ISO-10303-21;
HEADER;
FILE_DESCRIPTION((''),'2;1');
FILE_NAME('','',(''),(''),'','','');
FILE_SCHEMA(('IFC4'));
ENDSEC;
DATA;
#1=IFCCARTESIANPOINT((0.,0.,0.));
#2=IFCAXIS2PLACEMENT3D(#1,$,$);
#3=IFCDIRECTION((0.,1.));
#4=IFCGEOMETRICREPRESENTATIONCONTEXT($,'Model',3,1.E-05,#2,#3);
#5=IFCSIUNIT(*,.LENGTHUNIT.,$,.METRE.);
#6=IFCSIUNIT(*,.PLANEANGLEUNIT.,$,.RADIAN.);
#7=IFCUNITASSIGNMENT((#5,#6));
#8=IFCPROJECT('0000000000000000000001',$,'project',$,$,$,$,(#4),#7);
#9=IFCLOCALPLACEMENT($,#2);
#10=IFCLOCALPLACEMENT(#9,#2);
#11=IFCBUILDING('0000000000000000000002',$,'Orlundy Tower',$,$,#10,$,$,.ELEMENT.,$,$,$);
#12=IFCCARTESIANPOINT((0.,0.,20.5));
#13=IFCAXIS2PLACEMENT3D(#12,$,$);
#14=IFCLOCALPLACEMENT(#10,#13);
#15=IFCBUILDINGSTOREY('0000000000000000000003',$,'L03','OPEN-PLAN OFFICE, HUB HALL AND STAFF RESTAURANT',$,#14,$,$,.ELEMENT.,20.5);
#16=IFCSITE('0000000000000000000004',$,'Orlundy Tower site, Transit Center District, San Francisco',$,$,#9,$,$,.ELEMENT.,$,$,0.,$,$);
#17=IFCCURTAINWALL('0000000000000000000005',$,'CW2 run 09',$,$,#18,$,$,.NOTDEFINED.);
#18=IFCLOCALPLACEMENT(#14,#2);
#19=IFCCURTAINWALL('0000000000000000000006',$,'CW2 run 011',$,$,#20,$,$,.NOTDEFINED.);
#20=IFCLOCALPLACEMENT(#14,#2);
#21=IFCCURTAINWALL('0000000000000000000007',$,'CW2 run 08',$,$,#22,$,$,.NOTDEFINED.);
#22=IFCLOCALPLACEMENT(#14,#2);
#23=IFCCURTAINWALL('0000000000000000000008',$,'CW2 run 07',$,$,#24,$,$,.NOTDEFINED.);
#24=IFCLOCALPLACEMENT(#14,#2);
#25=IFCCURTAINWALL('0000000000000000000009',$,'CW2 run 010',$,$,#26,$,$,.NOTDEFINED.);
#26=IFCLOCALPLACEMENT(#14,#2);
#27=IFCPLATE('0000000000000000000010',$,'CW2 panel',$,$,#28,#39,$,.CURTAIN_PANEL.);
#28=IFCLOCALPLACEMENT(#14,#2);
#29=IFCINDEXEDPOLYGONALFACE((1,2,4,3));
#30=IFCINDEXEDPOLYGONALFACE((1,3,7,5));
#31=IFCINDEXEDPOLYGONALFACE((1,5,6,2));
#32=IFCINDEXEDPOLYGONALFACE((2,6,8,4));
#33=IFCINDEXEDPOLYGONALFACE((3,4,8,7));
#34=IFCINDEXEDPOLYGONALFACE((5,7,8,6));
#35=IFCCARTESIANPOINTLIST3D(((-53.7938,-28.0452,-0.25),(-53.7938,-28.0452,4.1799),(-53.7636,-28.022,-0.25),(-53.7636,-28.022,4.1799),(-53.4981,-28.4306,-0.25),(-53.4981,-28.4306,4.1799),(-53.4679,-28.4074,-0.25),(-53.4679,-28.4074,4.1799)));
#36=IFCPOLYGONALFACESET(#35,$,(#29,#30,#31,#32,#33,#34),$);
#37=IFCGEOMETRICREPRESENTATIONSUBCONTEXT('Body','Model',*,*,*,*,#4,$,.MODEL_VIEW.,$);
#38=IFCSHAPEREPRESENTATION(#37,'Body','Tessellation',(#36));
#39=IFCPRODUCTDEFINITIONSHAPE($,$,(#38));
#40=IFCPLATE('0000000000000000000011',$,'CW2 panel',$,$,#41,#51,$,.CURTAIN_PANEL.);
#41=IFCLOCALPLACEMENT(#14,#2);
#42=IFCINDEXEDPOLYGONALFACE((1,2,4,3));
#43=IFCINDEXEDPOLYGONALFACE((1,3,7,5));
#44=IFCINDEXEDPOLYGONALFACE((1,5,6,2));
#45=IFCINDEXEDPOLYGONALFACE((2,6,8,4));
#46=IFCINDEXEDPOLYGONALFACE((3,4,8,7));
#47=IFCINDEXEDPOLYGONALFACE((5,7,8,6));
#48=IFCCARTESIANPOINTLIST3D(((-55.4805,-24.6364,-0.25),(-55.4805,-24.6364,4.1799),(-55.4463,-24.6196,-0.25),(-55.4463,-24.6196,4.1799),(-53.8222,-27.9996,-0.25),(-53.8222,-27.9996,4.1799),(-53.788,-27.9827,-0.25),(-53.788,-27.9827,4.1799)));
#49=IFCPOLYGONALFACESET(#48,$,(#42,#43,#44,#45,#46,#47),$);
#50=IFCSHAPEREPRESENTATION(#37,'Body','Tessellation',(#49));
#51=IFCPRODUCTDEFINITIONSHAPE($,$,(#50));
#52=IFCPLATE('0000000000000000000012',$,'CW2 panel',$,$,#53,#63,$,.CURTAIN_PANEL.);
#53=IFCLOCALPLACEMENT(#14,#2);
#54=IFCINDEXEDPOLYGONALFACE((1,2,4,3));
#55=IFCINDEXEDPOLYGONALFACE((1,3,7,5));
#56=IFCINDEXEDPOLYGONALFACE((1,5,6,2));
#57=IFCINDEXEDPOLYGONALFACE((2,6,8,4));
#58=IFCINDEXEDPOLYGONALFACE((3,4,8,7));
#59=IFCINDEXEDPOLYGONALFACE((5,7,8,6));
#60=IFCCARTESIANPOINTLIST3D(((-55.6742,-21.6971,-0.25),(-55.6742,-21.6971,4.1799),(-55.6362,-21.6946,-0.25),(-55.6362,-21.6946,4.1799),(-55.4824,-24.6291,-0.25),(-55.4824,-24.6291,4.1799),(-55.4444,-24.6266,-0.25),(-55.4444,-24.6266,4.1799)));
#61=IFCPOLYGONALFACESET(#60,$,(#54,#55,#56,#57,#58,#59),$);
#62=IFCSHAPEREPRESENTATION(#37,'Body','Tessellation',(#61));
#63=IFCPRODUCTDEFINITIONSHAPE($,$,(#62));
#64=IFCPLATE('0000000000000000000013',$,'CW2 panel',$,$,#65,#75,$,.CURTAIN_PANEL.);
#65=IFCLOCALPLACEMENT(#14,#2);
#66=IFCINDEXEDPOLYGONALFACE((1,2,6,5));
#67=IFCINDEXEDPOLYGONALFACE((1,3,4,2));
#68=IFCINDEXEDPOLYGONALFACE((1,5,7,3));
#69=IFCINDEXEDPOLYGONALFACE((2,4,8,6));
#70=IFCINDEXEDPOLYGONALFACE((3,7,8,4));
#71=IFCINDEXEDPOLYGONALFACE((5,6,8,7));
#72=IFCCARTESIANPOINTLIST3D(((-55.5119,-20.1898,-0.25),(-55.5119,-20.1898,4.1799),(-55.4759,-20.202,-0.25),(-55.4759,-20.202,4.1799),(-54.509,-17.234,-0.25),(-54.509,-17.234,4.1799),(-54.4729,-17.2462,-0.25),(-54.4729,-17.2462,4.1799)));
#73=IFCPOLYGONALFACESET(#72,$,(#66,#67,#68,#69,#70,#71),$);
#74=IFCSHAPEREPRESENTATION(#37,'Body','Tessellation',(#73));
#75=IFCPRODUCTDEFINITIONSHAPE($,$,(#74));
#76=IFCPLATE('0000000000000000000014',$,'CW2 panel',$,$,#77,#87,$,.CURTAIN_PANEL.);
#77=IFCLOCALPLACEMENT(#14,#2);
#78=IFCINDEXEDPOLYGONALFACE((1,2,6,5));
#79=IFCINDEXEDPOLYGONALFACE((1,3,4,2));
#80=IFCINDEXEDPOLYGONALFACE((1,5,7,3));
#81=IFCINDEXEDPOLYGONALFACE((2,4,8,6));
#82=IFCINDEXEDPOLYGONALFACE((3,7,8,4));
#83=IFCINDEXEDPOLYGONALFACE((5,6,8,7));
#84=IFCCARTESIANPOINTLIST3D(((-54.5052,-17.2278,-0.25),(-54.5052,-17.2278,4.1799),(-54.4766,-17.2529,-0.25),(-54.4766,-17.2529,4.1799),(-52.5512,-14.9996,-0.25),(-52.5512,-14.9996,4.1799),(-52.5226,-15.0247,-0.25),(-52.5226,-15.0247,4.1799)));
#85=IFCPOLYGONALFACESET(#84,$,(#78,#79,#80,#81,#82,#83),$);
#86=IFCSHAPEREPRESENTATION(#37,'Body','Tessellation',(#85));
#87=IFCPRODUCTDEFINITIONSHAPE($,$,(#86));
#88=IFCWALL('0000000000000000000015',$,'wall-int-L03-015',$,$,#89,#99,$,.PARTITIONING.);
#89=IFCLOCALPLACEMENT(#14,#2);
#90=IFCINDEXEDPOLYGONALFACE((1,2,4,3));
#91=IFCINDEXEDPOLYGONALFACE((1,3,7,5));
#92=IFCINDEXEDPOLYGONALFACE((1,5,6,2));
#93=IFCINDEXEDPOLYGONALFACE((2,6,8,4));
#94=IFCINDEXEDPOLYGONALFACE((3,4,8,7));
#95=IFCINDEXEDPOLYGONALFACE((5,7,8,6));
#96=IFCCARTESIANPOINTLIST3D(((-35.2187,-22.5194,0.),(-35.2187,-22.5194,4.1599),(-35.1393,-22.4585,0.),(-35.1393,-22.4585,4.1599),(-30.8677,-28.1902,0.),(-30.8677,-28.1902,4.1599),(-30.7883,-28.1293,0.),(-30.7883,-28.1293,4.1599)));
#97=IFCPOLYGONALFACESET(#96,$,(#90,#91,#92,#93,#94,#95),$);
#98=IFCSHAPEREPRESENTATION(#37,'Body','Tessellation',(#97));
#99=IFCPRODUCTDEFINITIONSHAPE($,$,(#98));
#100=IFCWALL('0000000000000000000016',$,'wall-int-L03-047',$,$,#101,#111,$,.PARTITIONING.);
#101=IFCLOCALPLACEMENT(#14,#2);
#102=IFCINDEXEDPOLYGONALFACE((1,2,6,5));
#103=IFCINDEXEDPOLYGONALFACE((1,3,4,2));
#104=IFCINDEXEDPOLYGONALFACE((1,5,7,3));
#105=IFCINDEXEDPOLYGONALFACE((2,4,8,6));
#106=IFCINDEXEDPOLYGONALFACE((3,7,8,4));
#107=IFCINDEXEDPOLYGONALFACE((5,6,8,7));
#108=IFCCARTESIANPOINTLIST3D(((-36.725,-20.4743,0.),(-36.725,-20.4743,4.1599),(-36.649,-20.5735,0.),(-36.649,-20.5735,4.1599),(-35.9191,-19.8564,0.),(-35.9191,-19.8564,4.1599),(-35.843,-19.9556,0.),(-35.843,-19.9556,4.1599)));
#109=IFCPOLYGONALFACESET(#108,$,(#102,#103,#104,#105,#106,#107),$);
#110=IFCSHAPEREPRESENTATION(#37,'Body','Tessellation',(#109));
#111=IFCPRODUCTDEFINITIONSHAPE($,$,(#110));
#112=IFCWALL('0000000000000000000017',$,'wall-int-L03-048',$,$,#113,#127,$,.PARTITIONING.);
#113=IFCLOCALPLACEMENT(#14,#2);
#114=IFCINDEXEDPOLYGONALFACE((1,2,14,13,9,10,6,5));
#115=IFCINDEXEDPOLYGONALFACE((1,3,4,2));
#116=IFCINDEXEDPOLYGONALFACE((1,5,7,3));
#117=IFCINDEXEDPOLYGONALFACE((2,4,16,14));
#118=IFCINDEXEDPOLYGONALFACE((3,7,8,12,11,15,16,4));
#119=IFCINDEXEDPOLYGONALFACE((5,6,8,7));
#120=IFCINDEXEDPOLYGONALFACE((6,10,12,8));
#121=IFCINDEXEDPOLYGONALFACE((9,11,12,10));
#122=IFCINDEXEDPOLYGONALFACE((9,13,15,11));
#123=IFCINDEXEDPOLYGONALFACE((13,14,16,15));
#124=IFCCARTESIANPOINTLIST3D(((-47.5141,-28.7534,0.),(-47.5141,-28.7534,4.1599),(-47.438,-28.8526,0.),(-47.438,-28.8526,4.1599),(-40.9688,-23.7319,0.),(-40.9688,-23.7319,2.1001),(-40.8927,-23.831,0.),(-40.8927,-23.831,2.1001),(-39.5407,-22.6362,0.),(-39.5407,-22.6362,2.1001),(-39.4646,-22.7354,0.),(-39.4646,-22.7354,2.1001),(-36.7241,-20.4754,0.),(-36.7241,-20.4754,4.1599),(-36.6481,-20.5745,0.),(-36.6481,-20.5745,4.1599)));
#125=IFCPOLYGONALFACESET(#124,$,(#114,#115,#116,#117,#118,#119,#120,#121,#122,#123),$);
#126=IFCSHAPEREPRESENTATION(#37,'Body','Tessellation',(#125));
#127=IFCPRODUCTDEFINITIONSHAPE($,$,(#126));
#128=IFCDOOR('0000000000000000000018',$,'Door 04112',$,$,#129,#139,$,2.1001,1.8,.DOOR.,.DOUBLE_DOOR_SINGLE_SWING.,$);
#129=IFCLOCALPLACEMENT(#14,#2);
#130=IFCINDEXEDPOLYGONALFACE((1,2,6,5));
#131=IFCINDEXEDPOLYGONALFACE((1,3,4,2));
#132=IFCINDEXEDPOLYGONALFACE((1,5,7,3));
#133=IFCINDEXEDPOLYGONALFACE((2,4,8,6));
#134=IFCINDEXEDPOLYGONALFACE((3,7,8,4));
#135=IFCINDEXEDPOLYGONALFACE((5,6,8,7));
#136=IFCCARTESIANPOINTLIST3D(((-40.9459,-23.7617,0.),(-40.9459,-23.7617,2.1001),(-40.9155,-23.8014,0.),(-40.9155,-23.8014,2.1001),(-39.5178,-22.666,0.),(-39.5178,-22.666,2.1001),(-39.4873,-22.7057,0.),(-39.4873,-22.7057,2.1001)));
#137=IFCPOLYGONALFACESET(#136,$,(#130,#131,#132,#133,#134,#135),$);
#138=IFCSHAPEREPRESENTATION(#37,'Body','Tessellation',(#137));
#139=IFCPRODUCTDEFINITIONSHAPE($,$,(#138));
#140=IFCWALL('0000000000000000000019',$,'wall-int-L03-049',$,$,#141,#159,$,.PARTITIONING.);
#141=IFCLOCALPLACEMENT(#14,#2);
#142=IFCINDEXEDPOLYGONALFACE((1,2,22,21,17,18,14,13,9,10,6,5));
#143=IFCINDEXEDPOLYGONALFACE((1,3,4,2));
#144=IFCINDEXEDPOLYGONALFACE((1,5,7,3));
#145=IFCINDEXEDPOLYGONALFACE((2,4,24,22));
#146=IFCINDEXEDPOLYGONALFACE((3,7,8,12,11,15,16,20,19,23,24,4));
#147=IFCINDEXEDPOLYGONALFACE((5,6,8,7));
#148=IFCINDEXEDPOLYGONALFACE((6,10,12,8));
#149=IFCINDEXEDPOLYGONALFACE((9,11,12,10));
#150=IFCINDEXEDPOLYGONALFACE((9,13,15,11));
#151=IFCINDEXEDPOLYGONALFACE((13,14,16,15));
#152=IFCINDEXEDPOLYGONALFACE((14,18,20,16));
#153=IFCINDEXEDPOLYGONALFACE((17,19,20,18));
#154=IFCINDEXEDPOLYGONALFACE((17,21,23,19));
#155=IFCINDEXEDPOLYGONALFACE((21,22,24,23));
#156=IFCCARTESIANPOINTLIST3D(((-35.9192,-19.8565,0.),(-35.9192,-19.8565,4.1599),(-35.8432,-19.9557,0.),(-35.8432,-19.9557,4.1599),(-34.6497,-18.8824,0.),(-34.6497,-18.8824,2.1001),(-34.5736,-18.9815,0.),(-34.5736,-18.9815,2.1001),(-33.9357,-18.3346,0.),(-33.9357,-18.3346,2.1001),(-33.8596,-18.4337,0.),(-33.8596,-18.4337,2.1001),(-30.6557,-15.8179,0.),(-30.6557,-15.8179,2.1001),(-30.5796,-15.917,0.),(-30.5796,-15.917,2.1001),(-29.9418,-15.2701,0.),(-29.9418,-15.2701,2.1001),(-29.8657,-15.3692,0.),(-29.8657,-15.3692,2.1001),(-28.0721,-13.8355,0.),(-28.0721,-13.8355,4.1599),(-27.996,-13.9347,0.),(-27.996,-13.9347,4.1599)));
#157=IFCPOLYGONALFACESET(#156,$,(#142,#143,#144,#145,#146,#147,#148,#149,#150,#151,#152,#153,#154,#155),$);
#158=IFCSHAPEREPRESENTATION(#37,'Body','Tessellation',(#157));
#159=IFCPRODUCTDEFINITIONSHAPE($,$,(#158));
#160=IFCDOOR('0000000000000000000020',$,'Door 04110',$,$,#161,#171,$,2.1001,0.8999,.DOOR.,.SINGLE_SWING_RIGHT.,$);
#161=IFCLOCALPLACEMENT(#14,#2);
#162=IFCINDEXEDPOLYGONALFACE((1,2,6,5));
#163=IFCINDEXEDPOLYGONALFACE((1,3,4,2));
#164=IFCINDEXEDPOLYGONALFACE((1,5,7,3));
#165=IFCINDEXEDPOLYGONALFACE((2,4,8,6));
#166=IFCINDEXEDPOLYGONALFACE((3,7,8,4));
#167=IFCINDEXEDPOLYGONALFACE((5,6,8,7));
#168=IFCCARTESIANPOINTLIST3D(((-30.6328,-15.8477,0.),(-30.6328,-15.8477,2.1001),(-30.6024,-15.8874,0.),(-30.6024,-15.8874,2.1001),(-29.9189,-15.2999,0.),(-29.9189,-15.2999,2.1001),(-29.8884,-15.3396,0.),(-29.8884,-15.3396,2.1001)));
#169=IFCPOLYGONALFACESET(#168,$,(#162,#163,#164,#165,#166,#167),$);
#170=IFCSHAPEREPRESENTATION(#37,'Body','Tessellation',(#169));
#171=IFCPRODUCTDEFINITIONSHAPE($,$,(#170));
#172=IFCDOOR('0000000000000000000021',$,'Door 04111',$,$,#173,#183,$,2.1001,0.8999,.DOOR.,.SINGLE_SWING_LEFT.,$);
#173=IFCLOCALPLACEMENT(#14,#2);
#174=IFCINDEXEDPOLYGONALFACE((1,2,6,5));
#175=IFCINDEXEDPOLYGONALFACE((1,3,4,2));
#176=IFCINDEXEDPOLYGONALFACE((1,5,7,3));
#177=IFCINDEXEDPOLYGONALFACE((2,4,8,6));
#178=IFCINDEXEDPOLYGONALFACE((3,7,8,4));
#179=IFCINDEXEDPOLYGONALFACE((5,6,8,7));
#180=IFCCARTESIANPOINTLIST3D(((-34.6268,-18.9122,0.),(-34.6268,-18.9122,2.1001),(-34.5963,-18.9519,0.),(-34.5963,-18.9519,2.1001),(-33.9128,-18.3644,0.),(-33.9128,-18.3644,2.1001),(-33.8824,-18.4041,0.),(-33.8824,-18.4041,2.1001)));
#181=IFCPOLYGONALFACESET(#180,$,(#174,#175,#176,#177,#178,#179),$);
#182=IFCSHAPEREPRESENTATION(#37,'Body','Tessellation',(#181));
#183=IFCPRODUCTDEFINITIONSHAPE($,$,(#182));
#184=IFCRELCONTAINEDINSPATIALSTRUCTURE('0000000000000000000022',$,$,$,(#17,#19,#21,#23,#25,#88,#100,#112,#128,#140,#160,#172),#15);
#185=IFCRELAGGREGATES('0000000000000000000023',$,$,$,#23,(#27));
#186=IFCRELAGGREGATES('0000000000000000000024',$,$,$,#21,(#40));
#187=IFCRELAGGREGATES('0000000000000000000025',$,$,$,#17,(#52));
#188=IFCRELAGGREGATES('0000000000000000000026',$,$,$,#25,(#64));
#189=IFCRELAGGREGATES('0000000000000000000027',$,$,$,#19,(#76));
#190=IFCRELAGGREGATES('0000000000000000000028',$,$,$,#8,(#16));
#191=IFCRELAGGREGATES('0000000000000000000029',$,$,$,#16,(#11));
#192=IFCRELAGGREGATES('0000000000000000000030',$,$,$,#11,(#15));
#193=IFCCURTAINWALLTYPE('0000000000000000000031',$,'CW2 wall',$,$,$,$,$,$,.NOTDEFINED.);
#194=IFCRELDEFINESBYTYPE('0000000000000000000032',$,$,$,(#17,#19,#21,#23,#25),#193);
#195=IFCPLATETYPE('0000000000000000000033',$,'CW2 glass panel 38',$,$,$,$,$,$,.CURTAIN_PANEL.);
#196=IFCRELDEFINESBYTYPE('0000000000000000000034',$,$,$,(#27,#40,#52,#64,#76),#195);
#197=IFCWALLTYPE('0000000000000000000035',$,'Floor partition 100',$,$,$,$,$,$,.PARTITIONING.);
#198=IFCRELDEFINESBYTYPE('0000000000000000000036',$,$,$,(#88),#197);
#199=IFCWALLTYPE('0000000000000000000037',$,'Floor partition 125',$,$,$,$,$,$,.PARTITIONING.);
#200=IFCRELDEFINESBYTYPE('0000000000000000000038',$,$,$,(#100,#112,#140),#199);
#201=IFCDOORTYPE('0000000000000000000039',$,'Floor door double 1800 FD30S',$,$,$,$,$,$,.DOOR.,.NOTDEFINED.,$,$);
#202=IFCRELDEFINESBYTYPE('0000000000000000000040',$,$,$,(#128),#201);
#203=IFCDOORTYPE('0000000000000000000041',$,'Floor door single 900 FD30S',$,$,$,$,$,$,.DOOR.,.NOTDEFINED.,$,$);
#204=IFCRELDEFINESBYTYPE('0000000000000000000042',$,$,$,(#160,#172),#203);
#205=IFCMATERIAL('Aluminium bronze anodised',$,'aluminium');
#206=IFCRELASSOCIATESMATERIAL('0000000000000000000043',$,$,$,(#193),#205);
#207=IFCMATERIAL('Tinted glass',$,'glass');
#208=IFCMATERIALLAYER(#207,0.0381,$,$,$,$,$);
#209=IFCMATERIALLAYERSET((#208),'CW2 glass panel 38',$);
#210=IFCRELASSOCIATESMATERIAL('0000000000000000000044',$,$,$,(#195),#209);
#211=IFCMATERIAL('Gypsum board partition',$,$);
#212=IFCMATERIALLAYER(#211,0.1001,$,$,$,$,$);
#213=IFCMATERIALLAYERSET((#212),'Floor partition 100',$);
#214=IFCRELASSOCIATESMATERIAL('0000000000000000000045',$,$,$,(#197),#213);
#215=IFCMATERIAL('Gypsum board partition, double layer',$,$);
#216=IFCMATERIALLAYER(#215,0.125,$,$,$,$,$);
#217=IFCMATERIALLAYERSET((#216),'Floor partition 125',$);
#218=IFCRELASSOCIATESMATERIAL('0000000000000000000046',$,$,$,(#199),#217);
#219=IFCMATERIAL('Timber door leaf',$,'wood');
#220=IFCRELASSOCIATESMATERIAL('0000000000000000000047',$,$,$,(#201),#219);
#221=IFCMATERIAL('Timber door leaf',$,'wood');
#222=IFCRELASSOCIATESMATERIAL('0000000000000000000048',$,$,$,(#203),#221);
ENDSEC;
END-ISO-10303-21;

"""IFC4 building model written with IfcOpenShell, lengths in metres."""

from ifc_helpers import new_model, si_unit, direction, frame, frame_2d, origin, origin_2d, place, context, subcontext, project, spatial, rectangle, extrude, material, layer, layer_set, type_object, element, fill, aggregate, save


model = new_model("IFC4")

# Units and contexts
model_context = context("Model", 3, precision=1e-05, world=origin(), true_north=direction((0.0, 1.0)))
body_context = subcontext(model_context, "Body", "Model", "MODEL_VIEW")
ifc_project = project(units=[si_unit("LENGTHUNIT", "METRE"), si_unit("PLANEANGLEUNIT", "RADIAN")], contexts=[model_context])

# Site, building, storey
site_placement = place(None, origin())
site = spatial("IfcSite", under=ifc_project, at=site_placement, Name="Orlundy Tower site, Transit Center District, San Francisco", CompositionType="ELEMENT", RefElevation=0.0)
building_placement = place(site_placement, origin())
building = spatial("IfcBuilding", under=site, at=building_placement, Name="Orlundy Tower", CompositionType="ELEMENT")
storey_placement = place(building_placement, frame((0.0, 0.0, 20.5)))
storey = spatial("IfcBuildingStorey", under=building, at=storey_placement, Name="L03", Description="OPEN-PLAN OFFICE, HUB HALL AND STAFF RESTAURANT", CompositionType="ELEMENT", Elevation=20.5)

# Curtain walls
ifc_material_1 = material(Name="Aluminium bronze anodised", Category="aluminium")
curtain_wall_type = type_object("IfcCurtainWallType", Name="CW2 wall", PredefinedType="NOTDEFINED", material=ifc_material_1)
curtain_wall_1_placement = place(storey_placement, origin())
curtain_wall_1 = element("IfcCurtainWall", 1, at=curtain_wall_1_placement, inside=storey, type_object=curtain_wall_type, Name="CW2 run 09", PredefinedType="NOTDEFINED")
curtain_wall_2_placement = place(storey_placement, origin())
curtain_wall_2 = element("IfcCurtainWall", 2, at=curtain_wall_2_placement, inside=storey, type_object=curtain_wall_type, Name="CW2 run 011", PredefinedType="NOTDEFINED")
curtain_wall_3_placement = place(storey_placement, origin())
curtain_wall_3 = element("IfcCurtainWall", 3, at=curtain_wall_3_placement, inside=storey, type_object=curtain_wall_type, Name="CW2 run 08", PredefinedType="NOTDEFINED")
curtain_wall_4_placement = place(storey_placement, origin())
curtain_wall_4 = element("IfcCurtainWall", 4, at=curtain_wall_4_placement, inside=storey, type_object=curtain_wall_type, Name="CW2 run 07", PredefinedType="NOTDEFINED")

# Curtain wall
curtain_wall_5_placement = place(storey_placement, origin())
curtain_wall_5 = element("IfcCurtainWall", 5, at=curtain_wall_5_placement, inside=storey, type_object=curtain_wall_type, Name="CW2 run 010", PredefinedType="NOTDEFINED")

# Plates
ifc_material_2 = material(Name="Tinted glass", Category="glass")
ifc_layer_1 = layer(ifc_material_2, 0.0381)
ifc_layer_set_1 = layer_set([ifc_layer_1], Name="CW2 glass panel 38")
plate_type = type_object("IfcPlateType", Name="CW2 glass panel 38", PredefinedType="CURTAIN_PANEL", material=ifc_layer_set_1)
plate_1_placement = place(storey_placement, frame((-53.6309, -28.2263, -0.25), z_axis=(0.0, 0.0, 1.0), x_axis=(-0.608748, 0.793363, 0.0)))
plate_1 = element("IfcPlate", 6, at=plate_1_placement, type_object=plate_type, Name="CW2 panel", PredefinedType="CURTAIN_PANEL", context=body_context, shape_type="SweptSolid", body=[
    extrude(rectangle(XDim=0.4858, YDim=0.0381, at=origin_2d()), origin(), (0.0, 0.0, 1.0), 4.4299),
])
aggregate(curtain_wall_4, [plate_1])
plate_2_placement = place(storey_placement, frame((-54.6343, -26.3096, -0.25), z_axis=(0.0, 0.0, 1.0), x_axis=(-0.442242, 0.896896, 0.0)))
plate_2 = element("IfcPlate", 7, at=plate_2_placement, type_object=plate_type, Name="CW2 panel", PredefinedType="CURTAIN_PANEL", context=body_context, shape_type="SweptSolid", body=[
    extrude(rectangle(XDim=3.7498, YDim=0.0381, at=origin_2d()), origin(), (0.0, 0.0, 1.0), 4.4299),
])
aggregate(curtain_wall_3, [plate_2])
plate_3_placement = place(storey_placement, frame((-55.5593, -23.1619, -0.25), z_axis=(0.0, 0.0, 1.0), x_axis=(-0.065284, 0.997867, 0.0)))
plate_3 = element("IfcPlate", 8, at=plate_3_placement, type_object=plate_type, Name="CW2 panel", PredefinedType="CURTAIN_PANEL", context=body_context, shape_type="SweptSolid", body=[
    extrude(rectangle(XDim=2.9382, YDim=0.0381, at=origin_2d()), origin(), (0.0, 0.0, 1.0), 4.4299),
])
aggregate(curtain_wall_1, [plate_3])
plate_4_placement = place(storey_placement, frame((-54.9924, -18.718, -0.25), z_axis=(0.0, 0.0, 1.0), x_axis=(0.321322, 0.94697, 0.0)))
plate_4 = element("IfcPlate", 9, at=plate_4_placement, type_object=plate_type, Name="CW2 panel", PredefinedType="CURTAIN_PANEL", context=body_context, shape_type="SweptSolid", body=[
    extrude(rectangle(XDim=3.1213, YDim=0.0381, at=origin_2d()), origin(), (0.0, 0.0, 1.0), 4.4299),
])
aggregate(curtain_wall_5, [plate_4])
plate_5_placement = place(storey_placement, frame((-53.5139, -16.1262, -0.25), z_axis=(0.0, 0.0, 1.0), x_axis=(0.659325, 0.751858, 0.0)))
plate_5 = element("IfcPlate", 10, at=plate_5_placement, type_object=plate_type, Name="CW2 panel", PredefinedType="CURTAIN_PANEL", context=body_context, shape_type="SweptSolid", body=[
    extrude(rectangle(XDim=2.9636, YDim=0.0381, at=origin_2d()), origin(), (0.0, 0.0, 1.0), 4.4299),
])
aggregate(curtain_wall_2, [plate_5])

# Walls
ifc_material_3 = material(Name="Gypsum board partition")
ifc_layer_2 = layer(ifc_material_3, 0.1001)
ifc_layer_set_2 = layer_set([ifc_layer_2], Name="Floor partition 100")
wall_type_1 = type_object("IfcWallType", Name="Floor partition 100", PredefinedType="PARTITIONING", material=ifc_layer_set_2)
wall_1_placement = place(storey_placement, frame((-35.179, -22.489, 0.0), z_axis=(0.0, 0.0, 1.0), x_axis=(0.60873, -0.793378, 0.0)))
element("IfcWall", 11, at=wall_1_placement, inside=storey, type_object=wall_type_1, Name="wall-int-L03-015", PredefinedType="PARTITIONING", context=body_context, shape_type="SweptSolid", body=[
    extrude(rectangle(XDim=7.1477, YDim=0.1001, at=frame_2d((3.5737, 0.0))), origin(), (0.0, 0.0, 1.0), 4.1599),
])
ifc_material_4 = material(Name="Gypsum board partition, double layer")
ifc_layer_3 = layer(ifc_material_4, 0.125)
ifc_layer_set_3 = layer_set([ifc_layer_3], Name="Floor partition 125")
wall_type_2 = type_object("IfcWallType", Name="Floor partition 125", PredefinedType="PARTITIONING", material=ifc_layer_set_3)
wall_2_placement = place(storey_placement, frame((-36.687, -20.5239, 0.0), z_axis=(0.0, 0.0, 1.0), x_axis=(0.793579, 0.608467, 0.0)))
element("IfcWall", 12, at=wall_2_placement, inside=storey, type_object=wall_type_2, Name="wall-int-L03-047", PredefinedType="PARTITIONING", context=body_context, shape_type="SweptSolid", body=[
    extrude(rectangle(XDim=1.0156, YDim=0.125, at=frame_2d((0.5078, 0.0))), origin(), (0.0, 0.0, 1.0), 4.1599),
])

# Wall, opening, door
wall_3_placement = place(storey_placement, frame((-47.4761, -28.803, 0.0), z_axis=(0.0, 0.0, 1.0), x_axis=(0.793403, 0.608696, 0.0)))
wall_3 = element("IfcWall", 13, at=wall_3_placement, inside=storey, type_object=wall_type_2, Name="wall-int-L03-048", PredefinedType="PARTITIONING", context=body_context, shape_type="SweptSolid", body=[
    extrude(rectangle(XDim=13.5996, YDim=0.125, at=frame_2d((6.7998, 0.0))), origin(), (0.0, 0.0, 1.0), 4.1599),
])
opening_1_placement = place(wall_3_placement, frame((8.2498, 0.0, 0.0)))
opening_1 = element("IfcOpeningElement", 14, at=opening_1_placement, cuts=wall_3, PredefinedType="OPENING", context=body_context, shape_type="SweptSolid", body=[
    extrude(rectangle(XDim=1.8, YDim=2.1001, at=frame_2d((0.8999, 1.05))), frame((0.0, 0.0725, 0.0), z_axis=(0.0, -1.0, 0.0), x_axis=(1.0, 0.0, 0.0)), (0.0, 0.0, 1.0), 0.145),
])
ifc_material_5 = material(Name="Timber door leaf", Category="wood")
door_type_1 = type_object("IfcDoorType", Name="Floor door double 1800 FD30S", OperationType="NOTDEFINED", PredefinedType="DOOR", material=ifc_material_5)
door_1_placement = place(opening_1_placement, origin())
door_1 = element("IfcDoor", 15, at=door_1_placement, inside=storey, type_object=door_type_1, Name="Door 04112", OperationType="DOUBLE_DOOR_SINGLE_SWING", OverallHeight=2.1001, OverallWidth=1.8, PredefinedType="DOOR", context=body_context, shape_type="SweptSolid", body=[
    extrude(rectangle(XDim=1.8, YDim=2.1001, at=frame_2d((0.8999, 1.05))), frame((0.0, 0.0249, 0.0), z_axis=(0.0, -1.0, 0.0), x_axis=(1.0, 0.0, 0.0)), (0.0, 0.0, 1.0), 0.05),
])
fill(opening_1, door_1)

# Wall, openings, doors
wall_4_placement = place(storey_placement, frame((-35.8811, -19.906, 0.0), z_axis=(0.0, 0.0, 1.0), x_axis=(0.79337, 0.608739, 0.0)))
wall_4 = element("IfcWall", 16, at=wall_4_placement, inside=storey, type_object=wall_type_2, Name="wall-int-L03-049", PredefinedType="PARTITIONING", context=body_context, shape_type="SweptSolid", body=[
    extrude(rectangle(XDim=9.8909, YDim=0.125, at=frame_2d((4.9453, 0.0))), origin(), (0.0, 0.0, 1.0), 4.1599),
])
opening_2_placement = place(wall_4_placement, frame((6.6343, 0.0, 0.0)))
opening_2 = element("IfcOpeningElement", 17, at=opening_2_placement, cuts=wall_4, PredefinedType="OPENING", context=body_context, shape_type="SweptSolid", body=[
    extrude(rectangle(XDim=0.8999, YDim=2.1001, at=frame_2d((0.45, 1.05))), frame((0.0, 0.0725, 0.0), z_axis=(0.0, -1.0, 0.0), x_axis=(1.0, 0.0, 0.0)), (0.0, 0.0, 1.0), 0.145),
])
opening_3_placement = place(wall_4_placement, frame((1.6001, 0.0, 0.0)))
opening_3 = element("IfcOpeningElement", 18, at=opening_3_placement, cuts=wall_4, PredefinedType="OPENING", context=body_context, shape_type="SweptSolid", body=[
    extrude(rectangle(XDim=0.8999, YDim=2.1001, at=frame_2d((0.45, 1.05))), frame((0.0, 0.0725, 0.0), z_axis=(0.0, -1.0, 0.0), x_axis=(1.0, 0.0, 0.0)), (0.0, 0.0, 1.0), 0.145),
])
ifc_material_6 = material(Name="Timber door leaf", Category="wood")
door_type_2 = type_object("IfcDoorType", Name="Floor door single 900 FD30S", OperationType="NOTDEFINED", PredefinedType="DOOR", material=ifc_material_6)
door_2_placement = place(opening_2_placement, origin())
door_2 = element("IfcDoor", 19, at=door_2_placement, inside=storey, type_object=door_type_2, Name="Door 04110", OperationType="SINGLE_SWING_RIGHT", OverallHeight=2.1001, OverallWidth=0.8999, PredefinedType="DOOR", context=body_context, shape_type="SweptSolid", body=[
    extrude(rectangle(XDim=0.8999, YDim=2.1001, at=frame_2d((0.45, 1.05))), frame((0.0, 0.0249, 0.0), z_axis=(0.0, -1.0, 0.0), x_axis=(1.0, 0.0, 0.0)), (0.0, 0.0, 1.0), 0.05),
])
fill(opening_2, door_2)
door_3_placement = place(opening_3_placement, origin())
door_3 = element("IfcDoor", 20, at=door_3_placement, inside=storey, type_object=door_type_2, Name="Door 04111", OperationType="SINGLE_SWING_LEFT", OverallHeight=2.1001, OverallWidth=0.8999, PredefinedType="DOOR", context=body_context, shape_type="SweptSolid", body=[
    extrude(rectangle(XDim=0.8999, YDim=2.1001, at=frame_2d((0.45, 1.05))), frame((0.0, 0.0249, 0.0), z_axis=(0.0, -1.0, 0.0), x_axis=(1.0, 0.0, 0.0)), (0.0, 0.0, 1.0), 0.05),
])
fill(opening_3, door_3)

save(model, "model.ifc")
